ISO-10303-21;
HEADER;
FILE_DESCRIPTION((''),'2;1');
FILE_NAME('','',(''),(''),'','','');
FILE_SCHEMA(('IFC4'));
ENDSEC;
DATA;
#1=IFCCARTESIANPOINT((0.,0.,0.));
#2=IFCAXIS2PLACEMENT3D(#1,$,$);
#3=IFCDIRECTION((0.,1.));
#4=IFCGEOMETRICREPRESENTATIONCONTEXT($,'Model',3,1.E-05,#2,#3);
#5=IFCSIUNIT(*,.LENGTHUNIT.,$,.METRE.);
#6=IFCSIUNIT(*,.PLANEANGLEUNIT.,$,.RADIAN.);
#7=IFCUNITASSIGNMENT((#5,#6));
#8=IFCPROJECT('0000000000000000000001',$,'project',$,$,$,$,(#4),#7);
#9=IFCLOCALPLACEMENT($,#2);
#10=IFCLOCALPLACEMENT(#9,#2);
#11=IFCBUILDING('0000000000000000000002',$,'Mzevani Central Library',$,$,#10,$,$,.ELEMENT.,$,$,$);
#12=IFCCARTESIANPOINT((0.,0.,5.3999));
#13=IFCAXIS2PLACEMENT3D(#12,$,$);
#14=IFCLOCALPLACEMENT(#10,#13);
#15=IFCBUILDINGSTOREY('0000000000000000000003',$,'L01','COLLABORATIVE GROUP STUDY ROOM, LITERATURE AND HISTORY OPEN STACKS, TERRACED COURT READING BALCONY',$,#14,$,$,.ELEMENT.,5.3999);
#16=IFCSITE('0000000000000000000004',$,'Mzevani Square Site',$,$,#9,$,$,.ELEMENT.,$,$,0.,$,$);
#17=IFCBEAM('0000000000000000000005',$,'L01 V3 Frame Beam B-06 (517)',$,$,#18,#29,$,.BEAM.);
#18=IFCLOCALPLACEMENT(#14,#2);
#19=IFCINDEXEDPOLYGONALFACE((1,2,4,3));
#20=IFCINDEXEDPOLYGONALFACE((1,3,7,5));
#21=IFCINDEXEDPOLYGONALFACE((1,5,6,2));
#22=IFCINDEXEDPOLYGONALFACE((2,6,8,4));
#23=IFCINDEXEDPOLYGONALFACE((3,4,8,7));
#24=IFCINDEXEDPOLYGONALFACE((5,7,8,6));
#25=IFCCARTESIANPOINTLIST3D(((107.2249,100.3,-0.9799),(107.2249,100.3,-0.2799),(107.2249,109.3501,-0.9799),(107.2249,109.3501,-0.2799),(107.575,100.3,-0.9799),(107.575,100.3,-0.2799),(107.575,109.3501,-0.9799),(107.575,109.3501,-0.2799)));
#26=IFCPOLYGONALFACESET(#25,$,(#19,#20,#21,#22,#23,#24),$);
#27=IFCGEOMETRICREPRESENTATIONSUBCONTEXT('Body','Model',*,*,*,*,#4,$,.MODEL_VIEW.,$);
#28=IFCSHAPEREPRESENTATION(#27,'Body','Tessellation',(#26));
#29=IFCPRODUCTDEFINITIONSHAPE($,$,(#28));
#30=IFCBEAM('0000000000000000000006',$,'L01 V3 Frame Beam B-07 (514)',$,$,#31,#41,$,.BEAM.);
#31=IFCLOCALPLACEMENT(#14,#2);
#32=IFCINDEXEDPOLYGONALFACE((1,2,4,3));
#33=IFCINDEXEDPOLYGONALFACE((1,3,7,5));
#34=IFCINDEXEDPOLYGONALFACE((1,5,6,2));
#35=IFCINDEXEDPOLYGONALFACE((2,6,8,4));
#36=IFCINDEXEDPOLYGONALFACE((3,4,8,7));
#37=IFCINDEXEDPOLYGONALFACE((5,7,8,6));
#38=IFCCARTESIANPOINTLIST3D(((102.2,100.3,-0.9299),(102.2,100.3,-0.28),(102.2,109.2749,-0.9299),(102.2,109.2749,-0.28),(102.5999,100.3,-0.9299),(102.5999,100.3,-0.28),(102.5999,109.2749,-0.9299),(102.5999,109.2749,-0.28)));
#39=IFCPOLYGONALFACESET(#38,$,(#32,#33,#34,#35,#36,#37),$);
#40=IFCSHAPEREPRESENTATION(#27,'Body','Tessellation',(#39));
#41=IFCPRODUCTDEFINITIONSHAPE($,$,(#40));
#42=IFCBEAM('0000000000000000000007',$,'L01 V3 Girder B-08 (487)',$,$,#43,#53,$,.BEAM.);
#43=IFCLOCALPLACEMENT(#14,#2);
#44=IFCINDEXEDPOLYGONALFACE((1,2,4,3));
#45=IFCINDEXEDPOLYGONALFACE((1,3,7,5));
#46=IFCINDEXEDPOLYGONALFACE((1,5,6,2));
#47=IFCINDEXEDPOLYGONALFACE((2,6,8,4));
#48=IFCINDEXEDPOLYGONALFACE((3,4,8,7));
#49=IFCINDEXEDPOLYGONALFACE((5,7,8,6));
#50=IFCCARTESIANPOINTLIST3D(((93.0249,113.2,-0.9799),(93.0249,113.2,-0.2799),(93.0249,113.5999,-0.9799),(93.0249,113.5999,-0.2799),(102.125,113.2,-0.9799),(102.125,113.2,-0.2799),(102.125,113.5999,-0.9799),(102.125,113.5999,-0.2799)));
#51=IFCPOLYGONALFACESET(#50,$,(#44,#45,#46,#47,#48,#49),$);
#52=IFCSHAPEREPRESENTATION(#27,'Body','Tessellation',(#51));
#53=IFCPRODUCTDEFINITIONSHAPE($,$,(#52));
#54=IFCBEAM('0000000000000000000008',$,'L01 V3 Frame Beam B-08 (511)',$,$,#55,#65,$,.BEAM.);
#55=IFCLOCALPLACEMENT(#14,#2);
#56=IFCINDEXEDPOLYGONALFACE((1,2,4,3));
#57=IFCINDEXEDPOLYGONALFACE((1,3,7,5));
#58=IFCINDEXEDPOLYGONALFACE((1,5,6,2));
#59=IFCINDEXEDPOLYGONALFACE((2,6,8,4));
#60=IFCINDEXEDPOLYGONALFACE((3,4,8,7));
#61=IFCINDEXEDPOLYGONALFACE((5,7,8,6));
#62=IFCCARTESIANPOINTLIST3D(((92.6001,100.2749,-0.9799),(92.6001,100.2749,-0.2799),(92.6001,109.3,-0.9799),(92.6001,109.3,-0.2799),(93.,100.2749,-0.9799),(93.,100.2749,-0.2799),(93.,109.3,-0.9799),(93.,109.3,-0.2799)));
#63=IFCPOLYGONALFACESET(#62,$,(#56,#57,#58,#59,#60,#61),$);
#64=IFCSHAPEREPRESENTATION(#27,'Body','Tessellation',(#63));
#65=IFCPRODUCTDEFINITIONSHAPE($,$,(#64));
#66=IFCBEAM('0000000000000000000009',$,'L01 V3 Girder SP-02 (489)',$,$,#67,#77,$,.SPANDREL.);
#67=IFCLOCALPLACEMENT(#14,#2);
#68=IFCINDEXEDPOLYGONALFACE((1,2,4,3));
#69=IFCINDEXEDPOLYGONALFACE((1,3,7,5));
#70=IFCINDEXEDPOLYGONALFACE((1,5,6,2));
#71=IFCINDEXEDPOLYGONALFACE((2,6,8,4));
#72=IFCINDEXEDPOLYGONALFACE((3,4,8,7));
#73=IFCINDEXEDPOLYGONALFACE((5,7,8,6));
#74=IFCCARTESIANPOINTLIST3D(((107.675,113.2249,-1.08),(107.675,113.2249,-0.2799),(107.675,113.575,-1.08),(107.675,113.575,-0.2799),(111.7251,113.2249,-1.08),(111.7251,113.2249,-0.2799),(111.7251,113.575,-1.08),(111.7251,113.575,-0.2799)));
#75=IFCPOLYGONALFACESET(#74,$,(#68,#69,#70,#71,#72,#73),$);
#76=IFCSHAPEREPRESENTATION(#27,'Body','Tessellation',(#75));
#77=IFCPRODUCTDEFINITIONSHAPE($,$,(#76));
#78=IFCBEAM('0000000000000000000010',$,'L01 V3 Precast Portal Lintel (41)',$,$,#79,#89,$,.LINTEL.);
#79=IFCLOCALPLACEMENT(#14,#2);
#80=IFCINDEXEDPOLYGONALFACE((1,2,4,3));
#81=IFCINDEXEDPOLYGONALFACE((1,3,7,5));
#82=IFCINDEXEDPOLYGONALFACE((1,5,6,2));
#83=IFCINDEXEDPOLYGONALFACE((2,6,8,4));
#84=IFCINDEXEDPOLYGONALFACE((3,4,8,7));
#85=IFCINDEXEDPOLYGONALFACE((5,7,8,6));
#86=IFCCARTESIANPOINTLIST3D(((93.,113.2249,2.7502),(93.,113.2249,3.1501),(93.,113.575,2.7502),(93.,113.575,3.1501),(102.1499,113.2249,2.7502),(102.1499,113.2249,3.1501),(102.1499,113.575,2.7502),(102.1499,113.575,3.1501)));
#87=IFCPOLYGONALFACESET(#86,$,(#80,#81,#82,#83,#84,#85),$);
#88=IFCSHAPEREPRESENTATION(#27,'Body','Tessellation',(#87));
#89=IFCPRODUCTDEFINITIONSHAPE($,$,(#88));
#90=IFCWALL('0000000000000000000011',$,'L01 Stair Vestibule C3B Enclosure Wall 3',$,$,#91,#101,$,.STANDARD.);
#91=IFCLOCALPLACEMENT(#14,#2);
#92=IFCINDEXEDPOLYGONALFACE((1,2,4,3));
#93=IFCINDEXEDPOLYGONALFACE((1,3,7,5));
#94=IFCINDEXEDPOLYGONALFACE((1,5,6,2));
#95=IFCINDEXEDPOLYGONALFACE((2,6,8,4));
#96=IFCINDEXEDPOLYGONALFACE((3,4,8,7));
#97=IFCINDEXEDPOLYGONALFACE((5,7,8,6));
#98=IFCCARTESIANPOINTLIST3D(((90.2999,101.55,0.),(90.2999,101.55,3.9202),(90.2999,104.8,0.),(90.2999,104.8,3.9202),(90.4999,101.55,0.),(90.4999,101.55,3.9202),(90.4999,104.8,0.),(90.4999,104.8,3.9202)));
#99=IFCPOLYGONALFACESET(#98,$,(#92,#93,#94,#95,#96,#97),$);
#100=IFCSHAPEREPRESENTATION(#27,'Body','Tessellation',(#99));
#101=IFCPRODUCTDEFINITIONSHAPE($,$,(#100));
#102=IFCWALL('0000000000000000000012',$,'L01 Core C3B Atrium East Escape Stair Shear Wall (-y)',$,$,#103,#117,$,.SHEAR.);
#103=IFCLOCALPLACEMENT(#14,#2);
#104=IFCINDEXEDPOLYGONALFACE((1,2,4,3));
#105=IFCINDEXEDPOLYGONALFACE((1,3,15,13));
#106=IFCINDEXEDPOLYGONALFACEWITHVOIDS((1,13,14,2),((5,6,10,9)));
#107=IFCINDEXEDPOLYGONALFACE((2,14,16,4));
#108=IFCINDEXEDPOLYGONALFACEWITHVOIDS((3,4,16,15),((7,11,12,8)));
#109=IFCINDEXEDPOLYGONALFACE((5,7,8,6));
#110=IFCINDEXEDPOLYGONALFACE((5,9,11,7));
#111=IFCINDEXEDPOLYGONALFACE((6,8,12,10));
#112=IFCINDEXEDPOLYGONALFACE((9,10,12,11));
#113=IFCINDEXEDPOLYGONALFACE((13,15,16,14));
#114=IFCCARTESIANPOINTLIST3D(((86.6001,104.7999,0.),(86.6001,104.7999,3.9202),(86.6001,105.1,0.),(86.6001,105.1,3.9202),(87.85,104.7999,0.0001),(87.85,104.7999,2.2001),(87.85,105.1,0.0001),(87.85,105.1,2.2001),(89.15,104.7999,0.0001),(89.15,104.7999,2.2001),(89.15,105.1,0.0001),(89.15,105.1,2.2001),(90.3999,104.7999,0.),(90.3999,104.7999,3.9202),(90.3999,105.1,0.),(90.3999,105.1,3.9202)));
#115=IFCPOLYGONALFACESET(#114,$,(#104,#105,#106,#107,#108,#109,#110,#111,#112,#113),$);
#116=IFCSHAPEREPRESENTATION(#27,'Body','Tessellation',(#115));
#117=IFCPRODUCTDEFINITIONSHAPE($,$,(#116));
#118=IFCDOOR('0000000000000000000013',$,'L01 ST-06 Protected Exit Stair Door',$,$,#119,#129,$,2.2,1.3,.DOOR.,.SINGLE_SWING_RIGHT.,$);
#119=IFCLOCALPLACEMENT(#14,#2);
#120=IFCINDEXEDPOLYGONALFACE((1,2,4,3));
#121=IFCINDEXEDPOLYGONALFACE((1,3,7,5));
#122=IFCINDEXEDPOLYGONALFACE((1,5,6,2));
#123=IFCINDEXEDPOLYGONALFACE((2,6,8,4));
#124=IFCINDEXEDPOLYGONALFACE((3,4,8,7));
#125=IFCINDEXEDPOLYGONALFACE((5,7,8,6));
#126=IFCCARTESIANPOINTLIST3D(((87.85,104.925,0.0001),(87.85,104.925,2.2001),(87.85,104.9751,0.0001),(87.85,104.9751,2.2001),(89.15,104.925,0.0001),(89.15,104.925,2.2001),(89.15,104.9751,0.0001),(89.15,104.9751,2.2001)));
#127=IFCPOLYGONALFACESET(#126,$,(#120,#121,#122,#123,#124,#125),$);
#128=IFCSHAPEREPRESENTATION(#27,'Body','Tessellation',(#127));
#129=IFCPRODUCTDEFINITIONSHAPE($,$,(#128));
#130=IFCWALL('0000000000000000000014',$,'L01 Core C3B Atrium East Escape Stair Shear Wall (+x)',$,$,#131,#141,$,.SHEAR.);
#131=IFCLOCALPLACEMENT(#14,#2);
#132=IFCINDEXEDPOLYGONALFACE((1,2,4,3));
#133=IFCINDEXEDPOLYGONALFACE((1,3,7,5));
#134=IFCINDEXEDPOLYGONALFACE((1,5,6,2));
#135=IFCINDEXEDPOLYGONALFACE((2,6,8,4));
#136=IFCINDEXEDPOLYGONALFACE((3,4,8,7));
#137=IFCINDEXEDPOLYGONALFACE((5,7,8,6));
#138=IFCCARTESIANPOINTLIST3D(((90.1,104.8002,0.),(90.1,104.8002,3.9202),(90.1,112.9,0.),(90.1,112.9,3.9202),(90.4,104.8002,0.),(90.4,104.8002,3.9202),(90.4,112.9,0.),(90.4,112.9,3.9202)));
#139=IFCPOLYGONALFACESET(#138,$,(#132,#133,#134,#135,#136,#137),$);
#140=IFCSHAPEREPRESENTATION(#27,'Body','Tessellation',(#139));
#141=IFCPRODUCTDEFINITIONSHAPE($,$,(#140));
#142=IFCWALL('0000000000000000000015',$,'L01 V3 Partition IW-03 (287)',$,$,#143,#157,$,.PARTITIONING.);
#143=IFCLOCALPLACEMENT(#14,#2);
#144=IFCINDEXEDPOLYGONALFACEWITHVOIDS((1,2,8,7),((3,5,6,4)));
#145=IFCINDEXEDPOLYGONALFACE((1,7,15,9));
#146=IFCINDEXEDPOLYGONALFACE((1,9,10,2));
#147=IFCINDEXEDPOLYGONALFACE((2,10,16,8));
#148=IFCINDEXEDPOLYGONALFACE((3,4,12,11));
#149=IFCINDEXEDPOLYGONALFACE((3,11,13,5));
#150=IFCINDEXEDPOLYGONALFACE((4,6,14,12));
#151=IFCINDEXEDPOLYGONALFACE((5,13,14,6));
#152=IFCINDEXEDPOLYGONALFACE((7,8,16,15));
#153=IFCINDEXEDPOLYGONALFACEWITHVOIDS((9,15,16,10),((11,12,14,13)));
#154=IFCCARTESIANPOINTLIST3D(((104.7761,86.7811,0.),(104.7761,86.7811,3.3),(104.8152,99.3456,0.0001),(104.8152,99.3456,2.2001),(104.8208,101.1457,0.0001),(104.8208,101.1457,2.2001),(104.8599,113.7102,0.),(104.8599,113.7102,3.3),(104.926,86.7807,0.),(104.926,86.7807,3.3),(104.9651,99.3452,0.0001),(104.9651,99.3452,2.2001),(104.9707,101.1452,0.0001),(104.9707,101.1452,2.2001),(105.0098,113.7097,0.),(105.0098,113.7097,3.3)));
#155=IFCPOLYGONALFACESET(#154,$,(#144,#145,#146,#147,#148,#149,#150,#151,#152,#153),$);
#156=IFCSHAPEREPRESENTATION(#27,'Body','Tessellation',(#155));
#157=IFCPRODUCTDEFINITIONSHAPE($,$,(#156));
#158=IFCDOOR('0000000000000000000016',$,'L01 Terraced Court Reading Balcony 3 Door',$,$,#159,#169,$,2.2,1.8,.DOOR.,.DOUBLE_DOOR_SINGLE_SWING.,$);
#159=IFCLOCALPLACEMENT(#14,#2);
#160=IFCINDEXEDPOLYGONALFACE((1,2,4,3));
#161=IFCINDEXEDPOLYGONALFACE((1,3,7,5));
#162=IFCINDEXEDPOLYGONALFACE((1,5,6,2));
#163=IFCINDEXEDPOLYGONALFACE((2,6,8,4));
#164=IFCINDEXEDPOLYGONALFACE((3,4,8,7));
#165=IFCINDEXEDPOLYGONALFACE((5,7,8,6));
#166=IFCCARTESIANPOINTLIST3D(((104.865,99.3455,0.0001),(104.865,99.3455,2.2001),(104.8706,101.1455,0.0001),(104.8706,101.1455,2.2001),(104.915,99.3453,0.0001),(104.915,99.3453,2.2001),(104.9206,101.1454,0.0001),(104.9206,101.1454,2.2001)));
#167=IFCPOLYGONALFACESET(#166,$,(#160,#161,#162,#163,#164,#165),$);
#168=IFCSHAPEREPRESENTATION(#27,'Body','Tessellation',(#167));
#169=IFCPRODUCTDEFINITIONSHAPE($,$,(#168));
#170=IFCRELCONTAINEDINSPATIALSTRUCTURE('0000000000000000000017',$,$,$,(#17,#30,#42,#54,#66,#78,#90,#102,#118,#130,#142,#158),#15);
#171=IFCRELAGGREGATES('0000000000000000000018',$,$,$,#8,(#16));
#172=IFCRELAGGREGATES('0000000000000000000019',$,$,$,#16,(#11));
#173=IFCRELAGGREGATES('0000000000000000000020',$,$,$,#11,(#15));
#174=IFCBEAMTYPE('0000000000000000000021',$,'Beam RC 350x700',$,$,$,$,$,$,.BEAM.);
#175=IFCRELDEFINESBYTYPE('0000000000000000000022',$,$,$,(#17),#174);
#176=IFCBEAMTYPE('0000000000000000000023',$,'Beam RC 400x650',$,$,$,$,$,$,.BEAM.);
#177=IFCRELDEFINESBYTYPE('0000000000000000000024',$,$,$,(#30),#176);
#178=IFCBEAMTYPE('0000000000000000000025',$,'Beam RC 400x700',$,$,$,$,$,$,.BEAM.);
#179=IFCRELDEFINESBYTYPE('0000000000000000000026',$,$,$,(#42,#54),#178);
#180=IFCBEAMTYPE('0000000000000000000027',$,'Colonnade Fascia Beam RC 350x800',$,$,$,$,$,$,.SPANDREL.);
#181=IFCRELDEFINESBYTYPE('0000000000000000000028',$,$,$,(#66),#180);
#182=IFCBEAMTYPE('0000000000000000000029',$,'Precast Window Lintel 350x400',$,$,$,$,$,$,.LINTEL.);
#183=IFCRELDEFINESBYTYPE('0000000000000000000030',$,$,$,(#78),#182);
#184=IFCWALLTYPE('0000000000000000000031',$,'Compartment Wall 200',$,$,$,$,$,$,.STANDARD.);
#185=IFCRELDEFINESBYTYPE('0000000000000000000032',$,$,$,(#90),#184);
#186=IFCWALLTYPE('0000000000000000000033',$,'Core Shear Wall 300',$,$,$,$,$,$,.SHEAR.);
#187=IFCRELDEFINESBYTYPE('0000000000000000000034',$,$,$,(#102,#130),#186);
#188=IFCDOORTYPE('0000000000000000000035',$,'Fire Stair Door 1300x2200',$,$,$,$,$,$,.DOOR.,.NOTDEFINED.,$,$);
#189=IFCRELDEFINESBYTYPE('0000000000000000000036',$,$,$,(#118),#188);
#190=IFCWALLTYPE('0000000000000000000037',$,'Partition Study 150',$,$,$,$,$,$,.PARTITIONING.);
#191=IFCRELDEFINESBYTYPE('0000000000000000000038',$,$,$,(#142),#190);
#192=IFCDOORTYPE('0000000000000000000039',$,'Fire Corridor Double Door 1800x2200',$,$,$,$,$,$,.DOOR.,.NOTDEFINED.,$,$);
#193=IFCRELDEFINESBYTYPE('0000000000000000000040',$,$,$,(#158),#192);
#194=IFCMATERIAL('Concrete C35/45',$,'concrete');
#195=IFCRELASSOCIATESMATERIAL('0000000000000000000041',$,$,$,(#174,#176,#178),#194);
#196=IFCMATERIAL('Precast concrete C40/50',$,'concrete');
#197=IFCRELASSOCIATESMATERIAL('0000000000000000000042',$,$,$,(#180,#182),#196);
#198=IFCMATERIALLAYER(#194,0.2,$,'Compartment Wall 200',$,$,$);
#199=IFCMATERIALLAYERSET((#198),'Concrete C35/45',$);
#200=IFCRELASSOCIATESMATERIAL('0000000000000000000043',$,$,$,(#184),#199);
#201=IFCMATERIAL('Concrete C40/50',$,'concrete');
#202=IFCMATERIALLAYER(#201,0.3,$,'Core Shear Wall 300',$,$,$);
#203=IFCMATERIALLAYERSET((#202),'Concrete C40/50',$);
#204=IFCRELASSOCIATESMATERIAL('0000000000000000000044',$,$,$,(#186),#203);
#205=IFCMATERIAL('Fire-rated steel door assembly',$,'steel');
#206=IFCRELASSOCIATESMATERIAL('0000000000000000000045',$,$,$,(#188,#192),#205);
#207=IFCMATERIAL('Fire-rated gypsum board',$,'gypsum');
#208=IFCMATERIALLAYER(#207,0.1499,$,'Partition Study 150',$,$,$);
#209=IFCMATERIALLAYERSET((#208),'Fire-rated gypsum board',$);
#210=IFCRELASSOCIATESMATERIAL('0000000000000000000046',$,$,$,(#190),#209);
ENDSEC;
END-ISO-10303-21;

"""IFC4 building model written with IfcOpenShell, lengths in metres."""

from ifc_helpers import new_model, si_unit, direction, frame, frame_2d, origin, origin_2d, place, context, subcontext, project, spatial, rectangle, extrude, material, layer, layer_set, material_profile, profile_set, type_object, element, fill, save


model = new_model("IFC4")

# Units and contexts
model_context = context("Model", 3, precision=1e-05, world=origin(), true_north=direction((0.0, 1.0)))
body_context = subcontext(model_context, "Body", "Model", "MODEL_VIEW")
ifc_project = project(units=[si_unit("LENGTHUNIT", "METRE"), si_unit("PLANEANGLEUNIT", "RADIAN")], contexts=[model_context])

# Site, building, storey
site_placement = place(None, origin())
site = spatial("IfcSite", under=ifc_project, at=site_placement, Name="Mzevani Square Site", CompositionType="ELEMENT", RefElevation=0.0)
building_placement = place(site_placement, origin())
building = spatial("IfcBuilding", under=site, at=building_placement, Name="Mzevani Central Library", CompositionType="ELEMENT")
storey_placement = place(building_placement, frame((0.0, 0.0, 5.3999)))
storey = spatial("IfcBuildingStorey", under=building, at=storey_placement, Name="L01", Description="COLLABORATIVE GROUP STUDY ROOM, LITERATURE AND HISTORY OPEN STACKS, TERRACED COURT READING BALCONY", CompositionType="ELEMENT", Elevation=5.3999)

# Shared definitions
ifc_material_1 = material(Name="Concrete C40/50", Category="concrete")

# Beams
ifc_material_2 = material(Name="Concrete C35/45", Category="concrete")
ifc_material_profile_1 = material_profile(ifc_material_2, rectangle(XDim=0.3501, YDim=0.7, at=origin_2d()), Name="RC B350x700")
ifc_profile_set_1 = profile_set([ifc_material_profile_1], Name="Concrete C35/45")
beam_type_1 = type_object("IfcBeamType", Name="Beam RC 350x700", PredefinedType="BEAM", material=ifc_profile_set_1)
beam_1_placement = place(storey_placement, frame((107.3999, 100.3, -0.6299), z_axis=(0.0, 1.0, 0.0), x_axis=(-1.0, 0.0, 0.0)))
element("IfcBeam", 1, at=beam_1_placement, inside=storey, type_object=beam_type_1, Name="L01 V3 Frame Beam B-06 (517)", PredefinedType="BEAM", context=body_context, shape_type="SweptSolid", body=[
    extrude(rectangle(XDim=0.3501, YDim=0.7, at=origin_2d()), origin(), (0.0, 0.0, 1.0), 9.05),
])
ifc_material_profile_2 = material_profile(ifc_material_2, rectangle(XDim=0.3999, YDim=0.6499, at=origin_2d()), Name="RC B400x650")
ifc_profile_set_2 = profile_set([ifc_material_profile_2], Name="Concrete C35/45")
beam_type_2 = type_object("IfcBeamType", Name="Beam RC 400x650", PredefinedType="BEAM", material=ifc_profile_set_2)
beam_2_placement = place(storey_placement, frame((102.3999, 100.3, -0.605), z_axis=(0.0, 1.0, 0.0), x_axis=(-1.0, 0.0, 0.0)))
element("IfcBeam", 2, at=beam_2_placement, inside=storey, type_object=beam_type_2, Name="L01 V3 Frame Beam B-07 (514)", PredefinedType="BEAM", context=body_context, shape_type="SweptSolid", body=[
    extrude(rectangle(XDim=0.3999, YDim=0.6499, at=origin_2d()), origin(), (0.0, 0.0, 1.0), 8.9749),
])
ifc_material_profile_3 = material_profile(ifc_material_2, rectangle(XDim=0.3999, YDim=0.7, at=origin_2d()), Name="RC B400x700")
ifc_profile_set_3 = profile_set([ifc_material_profile_3], Name="Concrete C35/45")
beam_type_3 = type_object("IfcBeamType", Name="Beam RC 400x700", PredefinedType="BEAM", material=ifc_profile_set_3)
beam_3_placement = place(storey_placement, frame((93.0249, 113.3999, -0.6299), z_axis=(1.0, 0.0, 0.0), x_axis=(0.0, 1.0, 0.0)))
element("IfcBeam", 3, at=beam_3_placement, inside=storey, type_object=beam_type_3, Name="L01 V3 Girder B-08 (487)", PredefinedType="BEAM", context=body_context, shape_type="SweptSolid", body=[
    extrude(rectangle(XDim=0.3999, YDim=0.7, at=origin_2d()), origin(), (0.0, 0.0, 1.0), 9.1001),
])
beam_4_placement = place(storey_placement, frame((92.8, 100.2749, -0.6299), z_axis=(0.0, 1.0, 0.0), x_axis=(-1.0, 0.0, 0.0)))
element("IfcBeam", 4, at=beam_4_placement, inside=storey, type_object=beam_type_3, Name="L01 V3 Frame Beam B-08 (511)", PredefinedType="BEAM", context=body_context, shape_type="SweptSolid", body=[
    extrude(rectangle(XDim=0.3999, YDim=0.7, at=origin_2d()), origin(), (0.0, 0.0, 1.0), 9.0251),
])
ifc_material_3 = material(Name="Precast concrete C40/50", Category="concrete")
ifc_material_profile_4 = material_profile(ifc_material_3, rectangle(XDim=0.3501, YDim=0.8, at=origin_2d()), Name="RC SP350x800")
ifc_profile_set_4 = profile_set([ifc_material_profile_4], Name="Precast concrete C40/50")
beam_type_4 = type_object("IfcBeamType", Name="Colonnade Fascia Beam RC 350x800", PredefinedType="SPANDREL", material=ifc_profile_set_4)
beam_5_placement = place(storey_placement, frame((107.675, 113.3999, -0.6799), z_axis=(1.0, 0.0, 0.0), x_axis=(0.0, 1.0, 0.0)))
element("IfcBeam", 5, at=beam_5_placement, inside=storey, type_object=beam_type_4, Name="L01 V3 Girder SP-02 (489)", PredefinedType="SPANDREL", context=body_context, shape_type="SweptSolid", body=[
    extrude(rectangle(XDim=0.3501, YDim=0.8, at=origin_2d()), origin(), (0.0, 0.0, 1.0), 4.05),
])
ifc_material_profile_5 = material_profile(ifc_material_3, rectangle(XDim=0.3501, YDim=0.3999, at=origin_2d()), Name="PC LN350x400")
ifc_profile_set_5 = profile_set([ifc_material_profile_5], Name="Precast concrete C40/50")
beam_type_5 = type_object("IfcBeamType", Name="Precast Window Lintel 350x400", PredefinedType="LINTEL", material=ifc_profile_set_5)
beam_6_placement = place(storey_placement, frame((93.0, 113.3999, 2.9502), z_axis=(1.0, 0.0, 0.0), x_axis=(0.0, 1.0, 0.0)))
element("IfcBeam", 6, at=beam_6_placement, inside=storey, type_object=beam_type_5, Name="L01 V3 Precast Portal Lintel (41)", PredefinedType="LINTEL", context=body_context, shape_type="SweptSolid", body=[
    extrude(rectangle(XDim=0.3501, YDim=0.3999, at=origin_2d()), origin(), (0.0, 0.0, 1.0), 9.1499),
])

# Wall
ifc_layer_1 = layer(ifc_material_2, 0.2, Name="Compartment Wall 200")
ifc_layer_set_1 = layer_set([ifc_layer_1], Name="Concrete C35/45")
wall_type_1 = type_object("IfcWallType", Name="Compartment Wall 200", PredefinedType="STANDARD", material=ifc_layer_set_1)
wall_1_placement = place(storey_placement, frame((90.3999, 101.55, 0.0), z_axis=(0.0, 0.0, 1.0), x_axis=(0.0, 1.0, 0.0)))
element("IfcWall", 7, at=wall_1_placement, inside=storey, type_object=wall_type_1, Name="L01 Stair Vestibule C3B Enclosure Wall 3", PredefinedType="STANDARD", context=body_context, shape_type="SweptSolid", body=[
    extrude(rectangle(XDim=3.25, YDim=0.2, at=frame_2d((1.625, 0.0))), origin(), (0.0, 0.0, 1.0), 3.9202),
])

# Wall, opening, door
ifc_layer_2 = layer(ifc_material_1, 0.3, Name="Core Shear Wall 300")
ifc_layer_set_2 = layer_set([ifc_layer_2], Name="Concrete C40/50")
wall_type_2 = type_object("IfcWallType", Name="Core Shear Wall 300", PredefinedType="SHEAR", material=ifc_layer_set_2)
wall_2_placement = place(storey_placement, frame((90.3999, 104.95, 0.0), z_axis=(0.0, 0.0, 1.0), x_axis=(-1.0, 0.0, 0.0)))
wall_2 = element("IfcWall", 8, at=wall_2_placement, inside=storey, type_object=wall_type_2, Name="L01 Core C3B Atrium East Escape Stair Shear Wall (-y)", PredefinedType="SHEAR", context=body_context, shape_type="SweptSolid", body=[
    extrude(rectangle(XDim=3.7998, YDim=0.3, at=frame_2d((1.8999, 0.0))), origin(), (0.0, 0.0, 1.0), 3.9202),
])
opening_1_placement = place(wall_2_placement, frame((1.25, 0.0, 0.0)))
opening_1 = element("IfcOpeningElement", 9, at=opening_1_placement, cuts=wall_2, PredefinedType="OPENING", context=body_context, shape_type="SweptSolid", body=[
    extrude(rectangle(XDim=1.3, YDim=2.2, at=frame_2d((0.6499, 1.1001))), frame((0.0, 0.1602, 0.0), z_axis=(0.0, -1.0, 0.0), x_axis=(1.0, 0.0, 0.0)), (0.0, 0.0, 1.0), 0.3201),
])
ifc_material_4 = material(Name="Fire-rated steel door assembly", Category="steel")
door_type_1 = type_object("IfcDoorType", Name="Fire Stair Door 1300x2200", OperationType="NOTDEFINED", PredefinedType="DOOR", material=ifc_material_4)
door_1_placement = place(opening_1_placement, origin())
door_1 = element("IfcDoor", 10, at=door_1_placement, inside=storey, type_object=door_type_1, Name="L01 ST-06 Protected Exit Stair Door", OperationType="SINGLE_SWING_RIGHT", OverallHeight=2.2, OverallWidth=1.3, PredefinedType="DOOR", context=body_context, shape_type="SweptSolid", body=[
    extrude(rectangle(XDim=1.3, YDim=2.2, at=frame_2d((0.6499, 1.1001))), frame((0.0, 0.0249, 0.0), z_axis=(0.0, -1.0, 0.0), x_axis=(1.0, 0.0, 0.0)), (0.0, 0.0, 1.0), 0.05),
])
fill(opening_1, door_1)

# Wall
wall_3_placement = place(storey_placement, frame((90.25, 112.8999, 0.0), z_axis=(0.0, 0.0, 1.0), x_axis=(0.0, -1.0, 0.0)))
element("IfcWall", 11, at=wall_3_placement, inside=storey, type_object=wall_type_2, Name="L01 Core C3B Atrium East Escape Stair Shear Wall (+x)", PredefinedType="SHEAR", context=body_context, shape_type="SweptSolid", body=[
    extrude(rectangle(XDim=8.0999, YDim=0.3, at=frame_2d((4.0498, 0.0))), origin(), (0.0, 0.0, 1.0), 3.9202),
])

# Wall, opening, door
ifc_material_5 = material(Name="Fire-rated gypsum board", Category="gypsum")
ifc_layer_3 = layer(ifc_material_5, 0.1499, Name="Partition Study 150")
ifc_layer_set_3 = layer_set([ifc_layer_3], Name="Fire-rated gypsum board")
wall_type_3 = type_object("IfcWallType", Name="Partition Study 150", PredefinedType="PARTITIONING", material=ifc_layer_set_3)
wall_4_placement = place(storey_placement, frame((104.9348, 113.71, 0.0), z_axis=(0.0, 0.0, 1.0), x_axis=(-0.00311, -0.999995, 0.0)))
wall_4 = element("IfcWall", 12, at=wall_4_placement, inside=storey, type_object=wall_type_3, Name="L01 V3 Partition IW-03 (287)", PredefinedType="PARTITIONING", context=body_context, shape_type="SweptSolid", body=[
    extrude(rectangle(XDim=26.9292, YDim=0.1499, at=frame_2d((13.4646, 0.0))), origin(), (0.0, 0.0, 1.0), 3.3),
])
opening_2_placement = place(wall_4_placement, frame((12.5647, 0.0, 0.0)))
opening_2 = element("IfcOpeningElement", 13, at=opening_2_placement, cuts=wall_4, PredefinedType="OPENING", context=body_context, shape_type="SweptSolid", body=[
    extrude(rectangle(XDim=1.8, YDim=2.2, at=frame_2d((0.8999, 1.1001))), frame((0.0, 0.085, 0.0), z_axis=(0.0, -1.0, 0.0), x_axis=(1.0, 0.0, 0.0)), (0.0, 0.0, 1.0), 0.1699),
])
door_type_2 = type_object("IfcDoorType", Name="Fire Corridor Double Door 1800x2200", OperationType="NOTDEFINED", PredefinedType="DOOR", material=ifc_material_4)
door_2_placement = place(opening_2_placement, origin())
door_2 = element("IfcDoor", 14, at=door_2_placement, inside=storey, type_object=door_type_2, Name="L01 Terraced Court Reading Balcony 3 Door", OperationType="DOUBLE_DOOR_SINGLE_SWING", OverallHeight=2.2, OverallWidth=1.8, PredefinedType="DOOR", context=body_context, shape_type="SweptSolid", body=[
    extrude(rectangle(XDim=1.8, YDim=2.2, at=frame_2d((0.8999, 1.1001))), frame((0.0, 0.0249, 0.0), z_axis=(0.0, -1.0, 0.0), x_axis=(1.0, 0.0, 0.0)), (0.0, 0.0, 1.0), 0.05),
])
fill(opening_2, door_2)

save(model, "model.ifc")
